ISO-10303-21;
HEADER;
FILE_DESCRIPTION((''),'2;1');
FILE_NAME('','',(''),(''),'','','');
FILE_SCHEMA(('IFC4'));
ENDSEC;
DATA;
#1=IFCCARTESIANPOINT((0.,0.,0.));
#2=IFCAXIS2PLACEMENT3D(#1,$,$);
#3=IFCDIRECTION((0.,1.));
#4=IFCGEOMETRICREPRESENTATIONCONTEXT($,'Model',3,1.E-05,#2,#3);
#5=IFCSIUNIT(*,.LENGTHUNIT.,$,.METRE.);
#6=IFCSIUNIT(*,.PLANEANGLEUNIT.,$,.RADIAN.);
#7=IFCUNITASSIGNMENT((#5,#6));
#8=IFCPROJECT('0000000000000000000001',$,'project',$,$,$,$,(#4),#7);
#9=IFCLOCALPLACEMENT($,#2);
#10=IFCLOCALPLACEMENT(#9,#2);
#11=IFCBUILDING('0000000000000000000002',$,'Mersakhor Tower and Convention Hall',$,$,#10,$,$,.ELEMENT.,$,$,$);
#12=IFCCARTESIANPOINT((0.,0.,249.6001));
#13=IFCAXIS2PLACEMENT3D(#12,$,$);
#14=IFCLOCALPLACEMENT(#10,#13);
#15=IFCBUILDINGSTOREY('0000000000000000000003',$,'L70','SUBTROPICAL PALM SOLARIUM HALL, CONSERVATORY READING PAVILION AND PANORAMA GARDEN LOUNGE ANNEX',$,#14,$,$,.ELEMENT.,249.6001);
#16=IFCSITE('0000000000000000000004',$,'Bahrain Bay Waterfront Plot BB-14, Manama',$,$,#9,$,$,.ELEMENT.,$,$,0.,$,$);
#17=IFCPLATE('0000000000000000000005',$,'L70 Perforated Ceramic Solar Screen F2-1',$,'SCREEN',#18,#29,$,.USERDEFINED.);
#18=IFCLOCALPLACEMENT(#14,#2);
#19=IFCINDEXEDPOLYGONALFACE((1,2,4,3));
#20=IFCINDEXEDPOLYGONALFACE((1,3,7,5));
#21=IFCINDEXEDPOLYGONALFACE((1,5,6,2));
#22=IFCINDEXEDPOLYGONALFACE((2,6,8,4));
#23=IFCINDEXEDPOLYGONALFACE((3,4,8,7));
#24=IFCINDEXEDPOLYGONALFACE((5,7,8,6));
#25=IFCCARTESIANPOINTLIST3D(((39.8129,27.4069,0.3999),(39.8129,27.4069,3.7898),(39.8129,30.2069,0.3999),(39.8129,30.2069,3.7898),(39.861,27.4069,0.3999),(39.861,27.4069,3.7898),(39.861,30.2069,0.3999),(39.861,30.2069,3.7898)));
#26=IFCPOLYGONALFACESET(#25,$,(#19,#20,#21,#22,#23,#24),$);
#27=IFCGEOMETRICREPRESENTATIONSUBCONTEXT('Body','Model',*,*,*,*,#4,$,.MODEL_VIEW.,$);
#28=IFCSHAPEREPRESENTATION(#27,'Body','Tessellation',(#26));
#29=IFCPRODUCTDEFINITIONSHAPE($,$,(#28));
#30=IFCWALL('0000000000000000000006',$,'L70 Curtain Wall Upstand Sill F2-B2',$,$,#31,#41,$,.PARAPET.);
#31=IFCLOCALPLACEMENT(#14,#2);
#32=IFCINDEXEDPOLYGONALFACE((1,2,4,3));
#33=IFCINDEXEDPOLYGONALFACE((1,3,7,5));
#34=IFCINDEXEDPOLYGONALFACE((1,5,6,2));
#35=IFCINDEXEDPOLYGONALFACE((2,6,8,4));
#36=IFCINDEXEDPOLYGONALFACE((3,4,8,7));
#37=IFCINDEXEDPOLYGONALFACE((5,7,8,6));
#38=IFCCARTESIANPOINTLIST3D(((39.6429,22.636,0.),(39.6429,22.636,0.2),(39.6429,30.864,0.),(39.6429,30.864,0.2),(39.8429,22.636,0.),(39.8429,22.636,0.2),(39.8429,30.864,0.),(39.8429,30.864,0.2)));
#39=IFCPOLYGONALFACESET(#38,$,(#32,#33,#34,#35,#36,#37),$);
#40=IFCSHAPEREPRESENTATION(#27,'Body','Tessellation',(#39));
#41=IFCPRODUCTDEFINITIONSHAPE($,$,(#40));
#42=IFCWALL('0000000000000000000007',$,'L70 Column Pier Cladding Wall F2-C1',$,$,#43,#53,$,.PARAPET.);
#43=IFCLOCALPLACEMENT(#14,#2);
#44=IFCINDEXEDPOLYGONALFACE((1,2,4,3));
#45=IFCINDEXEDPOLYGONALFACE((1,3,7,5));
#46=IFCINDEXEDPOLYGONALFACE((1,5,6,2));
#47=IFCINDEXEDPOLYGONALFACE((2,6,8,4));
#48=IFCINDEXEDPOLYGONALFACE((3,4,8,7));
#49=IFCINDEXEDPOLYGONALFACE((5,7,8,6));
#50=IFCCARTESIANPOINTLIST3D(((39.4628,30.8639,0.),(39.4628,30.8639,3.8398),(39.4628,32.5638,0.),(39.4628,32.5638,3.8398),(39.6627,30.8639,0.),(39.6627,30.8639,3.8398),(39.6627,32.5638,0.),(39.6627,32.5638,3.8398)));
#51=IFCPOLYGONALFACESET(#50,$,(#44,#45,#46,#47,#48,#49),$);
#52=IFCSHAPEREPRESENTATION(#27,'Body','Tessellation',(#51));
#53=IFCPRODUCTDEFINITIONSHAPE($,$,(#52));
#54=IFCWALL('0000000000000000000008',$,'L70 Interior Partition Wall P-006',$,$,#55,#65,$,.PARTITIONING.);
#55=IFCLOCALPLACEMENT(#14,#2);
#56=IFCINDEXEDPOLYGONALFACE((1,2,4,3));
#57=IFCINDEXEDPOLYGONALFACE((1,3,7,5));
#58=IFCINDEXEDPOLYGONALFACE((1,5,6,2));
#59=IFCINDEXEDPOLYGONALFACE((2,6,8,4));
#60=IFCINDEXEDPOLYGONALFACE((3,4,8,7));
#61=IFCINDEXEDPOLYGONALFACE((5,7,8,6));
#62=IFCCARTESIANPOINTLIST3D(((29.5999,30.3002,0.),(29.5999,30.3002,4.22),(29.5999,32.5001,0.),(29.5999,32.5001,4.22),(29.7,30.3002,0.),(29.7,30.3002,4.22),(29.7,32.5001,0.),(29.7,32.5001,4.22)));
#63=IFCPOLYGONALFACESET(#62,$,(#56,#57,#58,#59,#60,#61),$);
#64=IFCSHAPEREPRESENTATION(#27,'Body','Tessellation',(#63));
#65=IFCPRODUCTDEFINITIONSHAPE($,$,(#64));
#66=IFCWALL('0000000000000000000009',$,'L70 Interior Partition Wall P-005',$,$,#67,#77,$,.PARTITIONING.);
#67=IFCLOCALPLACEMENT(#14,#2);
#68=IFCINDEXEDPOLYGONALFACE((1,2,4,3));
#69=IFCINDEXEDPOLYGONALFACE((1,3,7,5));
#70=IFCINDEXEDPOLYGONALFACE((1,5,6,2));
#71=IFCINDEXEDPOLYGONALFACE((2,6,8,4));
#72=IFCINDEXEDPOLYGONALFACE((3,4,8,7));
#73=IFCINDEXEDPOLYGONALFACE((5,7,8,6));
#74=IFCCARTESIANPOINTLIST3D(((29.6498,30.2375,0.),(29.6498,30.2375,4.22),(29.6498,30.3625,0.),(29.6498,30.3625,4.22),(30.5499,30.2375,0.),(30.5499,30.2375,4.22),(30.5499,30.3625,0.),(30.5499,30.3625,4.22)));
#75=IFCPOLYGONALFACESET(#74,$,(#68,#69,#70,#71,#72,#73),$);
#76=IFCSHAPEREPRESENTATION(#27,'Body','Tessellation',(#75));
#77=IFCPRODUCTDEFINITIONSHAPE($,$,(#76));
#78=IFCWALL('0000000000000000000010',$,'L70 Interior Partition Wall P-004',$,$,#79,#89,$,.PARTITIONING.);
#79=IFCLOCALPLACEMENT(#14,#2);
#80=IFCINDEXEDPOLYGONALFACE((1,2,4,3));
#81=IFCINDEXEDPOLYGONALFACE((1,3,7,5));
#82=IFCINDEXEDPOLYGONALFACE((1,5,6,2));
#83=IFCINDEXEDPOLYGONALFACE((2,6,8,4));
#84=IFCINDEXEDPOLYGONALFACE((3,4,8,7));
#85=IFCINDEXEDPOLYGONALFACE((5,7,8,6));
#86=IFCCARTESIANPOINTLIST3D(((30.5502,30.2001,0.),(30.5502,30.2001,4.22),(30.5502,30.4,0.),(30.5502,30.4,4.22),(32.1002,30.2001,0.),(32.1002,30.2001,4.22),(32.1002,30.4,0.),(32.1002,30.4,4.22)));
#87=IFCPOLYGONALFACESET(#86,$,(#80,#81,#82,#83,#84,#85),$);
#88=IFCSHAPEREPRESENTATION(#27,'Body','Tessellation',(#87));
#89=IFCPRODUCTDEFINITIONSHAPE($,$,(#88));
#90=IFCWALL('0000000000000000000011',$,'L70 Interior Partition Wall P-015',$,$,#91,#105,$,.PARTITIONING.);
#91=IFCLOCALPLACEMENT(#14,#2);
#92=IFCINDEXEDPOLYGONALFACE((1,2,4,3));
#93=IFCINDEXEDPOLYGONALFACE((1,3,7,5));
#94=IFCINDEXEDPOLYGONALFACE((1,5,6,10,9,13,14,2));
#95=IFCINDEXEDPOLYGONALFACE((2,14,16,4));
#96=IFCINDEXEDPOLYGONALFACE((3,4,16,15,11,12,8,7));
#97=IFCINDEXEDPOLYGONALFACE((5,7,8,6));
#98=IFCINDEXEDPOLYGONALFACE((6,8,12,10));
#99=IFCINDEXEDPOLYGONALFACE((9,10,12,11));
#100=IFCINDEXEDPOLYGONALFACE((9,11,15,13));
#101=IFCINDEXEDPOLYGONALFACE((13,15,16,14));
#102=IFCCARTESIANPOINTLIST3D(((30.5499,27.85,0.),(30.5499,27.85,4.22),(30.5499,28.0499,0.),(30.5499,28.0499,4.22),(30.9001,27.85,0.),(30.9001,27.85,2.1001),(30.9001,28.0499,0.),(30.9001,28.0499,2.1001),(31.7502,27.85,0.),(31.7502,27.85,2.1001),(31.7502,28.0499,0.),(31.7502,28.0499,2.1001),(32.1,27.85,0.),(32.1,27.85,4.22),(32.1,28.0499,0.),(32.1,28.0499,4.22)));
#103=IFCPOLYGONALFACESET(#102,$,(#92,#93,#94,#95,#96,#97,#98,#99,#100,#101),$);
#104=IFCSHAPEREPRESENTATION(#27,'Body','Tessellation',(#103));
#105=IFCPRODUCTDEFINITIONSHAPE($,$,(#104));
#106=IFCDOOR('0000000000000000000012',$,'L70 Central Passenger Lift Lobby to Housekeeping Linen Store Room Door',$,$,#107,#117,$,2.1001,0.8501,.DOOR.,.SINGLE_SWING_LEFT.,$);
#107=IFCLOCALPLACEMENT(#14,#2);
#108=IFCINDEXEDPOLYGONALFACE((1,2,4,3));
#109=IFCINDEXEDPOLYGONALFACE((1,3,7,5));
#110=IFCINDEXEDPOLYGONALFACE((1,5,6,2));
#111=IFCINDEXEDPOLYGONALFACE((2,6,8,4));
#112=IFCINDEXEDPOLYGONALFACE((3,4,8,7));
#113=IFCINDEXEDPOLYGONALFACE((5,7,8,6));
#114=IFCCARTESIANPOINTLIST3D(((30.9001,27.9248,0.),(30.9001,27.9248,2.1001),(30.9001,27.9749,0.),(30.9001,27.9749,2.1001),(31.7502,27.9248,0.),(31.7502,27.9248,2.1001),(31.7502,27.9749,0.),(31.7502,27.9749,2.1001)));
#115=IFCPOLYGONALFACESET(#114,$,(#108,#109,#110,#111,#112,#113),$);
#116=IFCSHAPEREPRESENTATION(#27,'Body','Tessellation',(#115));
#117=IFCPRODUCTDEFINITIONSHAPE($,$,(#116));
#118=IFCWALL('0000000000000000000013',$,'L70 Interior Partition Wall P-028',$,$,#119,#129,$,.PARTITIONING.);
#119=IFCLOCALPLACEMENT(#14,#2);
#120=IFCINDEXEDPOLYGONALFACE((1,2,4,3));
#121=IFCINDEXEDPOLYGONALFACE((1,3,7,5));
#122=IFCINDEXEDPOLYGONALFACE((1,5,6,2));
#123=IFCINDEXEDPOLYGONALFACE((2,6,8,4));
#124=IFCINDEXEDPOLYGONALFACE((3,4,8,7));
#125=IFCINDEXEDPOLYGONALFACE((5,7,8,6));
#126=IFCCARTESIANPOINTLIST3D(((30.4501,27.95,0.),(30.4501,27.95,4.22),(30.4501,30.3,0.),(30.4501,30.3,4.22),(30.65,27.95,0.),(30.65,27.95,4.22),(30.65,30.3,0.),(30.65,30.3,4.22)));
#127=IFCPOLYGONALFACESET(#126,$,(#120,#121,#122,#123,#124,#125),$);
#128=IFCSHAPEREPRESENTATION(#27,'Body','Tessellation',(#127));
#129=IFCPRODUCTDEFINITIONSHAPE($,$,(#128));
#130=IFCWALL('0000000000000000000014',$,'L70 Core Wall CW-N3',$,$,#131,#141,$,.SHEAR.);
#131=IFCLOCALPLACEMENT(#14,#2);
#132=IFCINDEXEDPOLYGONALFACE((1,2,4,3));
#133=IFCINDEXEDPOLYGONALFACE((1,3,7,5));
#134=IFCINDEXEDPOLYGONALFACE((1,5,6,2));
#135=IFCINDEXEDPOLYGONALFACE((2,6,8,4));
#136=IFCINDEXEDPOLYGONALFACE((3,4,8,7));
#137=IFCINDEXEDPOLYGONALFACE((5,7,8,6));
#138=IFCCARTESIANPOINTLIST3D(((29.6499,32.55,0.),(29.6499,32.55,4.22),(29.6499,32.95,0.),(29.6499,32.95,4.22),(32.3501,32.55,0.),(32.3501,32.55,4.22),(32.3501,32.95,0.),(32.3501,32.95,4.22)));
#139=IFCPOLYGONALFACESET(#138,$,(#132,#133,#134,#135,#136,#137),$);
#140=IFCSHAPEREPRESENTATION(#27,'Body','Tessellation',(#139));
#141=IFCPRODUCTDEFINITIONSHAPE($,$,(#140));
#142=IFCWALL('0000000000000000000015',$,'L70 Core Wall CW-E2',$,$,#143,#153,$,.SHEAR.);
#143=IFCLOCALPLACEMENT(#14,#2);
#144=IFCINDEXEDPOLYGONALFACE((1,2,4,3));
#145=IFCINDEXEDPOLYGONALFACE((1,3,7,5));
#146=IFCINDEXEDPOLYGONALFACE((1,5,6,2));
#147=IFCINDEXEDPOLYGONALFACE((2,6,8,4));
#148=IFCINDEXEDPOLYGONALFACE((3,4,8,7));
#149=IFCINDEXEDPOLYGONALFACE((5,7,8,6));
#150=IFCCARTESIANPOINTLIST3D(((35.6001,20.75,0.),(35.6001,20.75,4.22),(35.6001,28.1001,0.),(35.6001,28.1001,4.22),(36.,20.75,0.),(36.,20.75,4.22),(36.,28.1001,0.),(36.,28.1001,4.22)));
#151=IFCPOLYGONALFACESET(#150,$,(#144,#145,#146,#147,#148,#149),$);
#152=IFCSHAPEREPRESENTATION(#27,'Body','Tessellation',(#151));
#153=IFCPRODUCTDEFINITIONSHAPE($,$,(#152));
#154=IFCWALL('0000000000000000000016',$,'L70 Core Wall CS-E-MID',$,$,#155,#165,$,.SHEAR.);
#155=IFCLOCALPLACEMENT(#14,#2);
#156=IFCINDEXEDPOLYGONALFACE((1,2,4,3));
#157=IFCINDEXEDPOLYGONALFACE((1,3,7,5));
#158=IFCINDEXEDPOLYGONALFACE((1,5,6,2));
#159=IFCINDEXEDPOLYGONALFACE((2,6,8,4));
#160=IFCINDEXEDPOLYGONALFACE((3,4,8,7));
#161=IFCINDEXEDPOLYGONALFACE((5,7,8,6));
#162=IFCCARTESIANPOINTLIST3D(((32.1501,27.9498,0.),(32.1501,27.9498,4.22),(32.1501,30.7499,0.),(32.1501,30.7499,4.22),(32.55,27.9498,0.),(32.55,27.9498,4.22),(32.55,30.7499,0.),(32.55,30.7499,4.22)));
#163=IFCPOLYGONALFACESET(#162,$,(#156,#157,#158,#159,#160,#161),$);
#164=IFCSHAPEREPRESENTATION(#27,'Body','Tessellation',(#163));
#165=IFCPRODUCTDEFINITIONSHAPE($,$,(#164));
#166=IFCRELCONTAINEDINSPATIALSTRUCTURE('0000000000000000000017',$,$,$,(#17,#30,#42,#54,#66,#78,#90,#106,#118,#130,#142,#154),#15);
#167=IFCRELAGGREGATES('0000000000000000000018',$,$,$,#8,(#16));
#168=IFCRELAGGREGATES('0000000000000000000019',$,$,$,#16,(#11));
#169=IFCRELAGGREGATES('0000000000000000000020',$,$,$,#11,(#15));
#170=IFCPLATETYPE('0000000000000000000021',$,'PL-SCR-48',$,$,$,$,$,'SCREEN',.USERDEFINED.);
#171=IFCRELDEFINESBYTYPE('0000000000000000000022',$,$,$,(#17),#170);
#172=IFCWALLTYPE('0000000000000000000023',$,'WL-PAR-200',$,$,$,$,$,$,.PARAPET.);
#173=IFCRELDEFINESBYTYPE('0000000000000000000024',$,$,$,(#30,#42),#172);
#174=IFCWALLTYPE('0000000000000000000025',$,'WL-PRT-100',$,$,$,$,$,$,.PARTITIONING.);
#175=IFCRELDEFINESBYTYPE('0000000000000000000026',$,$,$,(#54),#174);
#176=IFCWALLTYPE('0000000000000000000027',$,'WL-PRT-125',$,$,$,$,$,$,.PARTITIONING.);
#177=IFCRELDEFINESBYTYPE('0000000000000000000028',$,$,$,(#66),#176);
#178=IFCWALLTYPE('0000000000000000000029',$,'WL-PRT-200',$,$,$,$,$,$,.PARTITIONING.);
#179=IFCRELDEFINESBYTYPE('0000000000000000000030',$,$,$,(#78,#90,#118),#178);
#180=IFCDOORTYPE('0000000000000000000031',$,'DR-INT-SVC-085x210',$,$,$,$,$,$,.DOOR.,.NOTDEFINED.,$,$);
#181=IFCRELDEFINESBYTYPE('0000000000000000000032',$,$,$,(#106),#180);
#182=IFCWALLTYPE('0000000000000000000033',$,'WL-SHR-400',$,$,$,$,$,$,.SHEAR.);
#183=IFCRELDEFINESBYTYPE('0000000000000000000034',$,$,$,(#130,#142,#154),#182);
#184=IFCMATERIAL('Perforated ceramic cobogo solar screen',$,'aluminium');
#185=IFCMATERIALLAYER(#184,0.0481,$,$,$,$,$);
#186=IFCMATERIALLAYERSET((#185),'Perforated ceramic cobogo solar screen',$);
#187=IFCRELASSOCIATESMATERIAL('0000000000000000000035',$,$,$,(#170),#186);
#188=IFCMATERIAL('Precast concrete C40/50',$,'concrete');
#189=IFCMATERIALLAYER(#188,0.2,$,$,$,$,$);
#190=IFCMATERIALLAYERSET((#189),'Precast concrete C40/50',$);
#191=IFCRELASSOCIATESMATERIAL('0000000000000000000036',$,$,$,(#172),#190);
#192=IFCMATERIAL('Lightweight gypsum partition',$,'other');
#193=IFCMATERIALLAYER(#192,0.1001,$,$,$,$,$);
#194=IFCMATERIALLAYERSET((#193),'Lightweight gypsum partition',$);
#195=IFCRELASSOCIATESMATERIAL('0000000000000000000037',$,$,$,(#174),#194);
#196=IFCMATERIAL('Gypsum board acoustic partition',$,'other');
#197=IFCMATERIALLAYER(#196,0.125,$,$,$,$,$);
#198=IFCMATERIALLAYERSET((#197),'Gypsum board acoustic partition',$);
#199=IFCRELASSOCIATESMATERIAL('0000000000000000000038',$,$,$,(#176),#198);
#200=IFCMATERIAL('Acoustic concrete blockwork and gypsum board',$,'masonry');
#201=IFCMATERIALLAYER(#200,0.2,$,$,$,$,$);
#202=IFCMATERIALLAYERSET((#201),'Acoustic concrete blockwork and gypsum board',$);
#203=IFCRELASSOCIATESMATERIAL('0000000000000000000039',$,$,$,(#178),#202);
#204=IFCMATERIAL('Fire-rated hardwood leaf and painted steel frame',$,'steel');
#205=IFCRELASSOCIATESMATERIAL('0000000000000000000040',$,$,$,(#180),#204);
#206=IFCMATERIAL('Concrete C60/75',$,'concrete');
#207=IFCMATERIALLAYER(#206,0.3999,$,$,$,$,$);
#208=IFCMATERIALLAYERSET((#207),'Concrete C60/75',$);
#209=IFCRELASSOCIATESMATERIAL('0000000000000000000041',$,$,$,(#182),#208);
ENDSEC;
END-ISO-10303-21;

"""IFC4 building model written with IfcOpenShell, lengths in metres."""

from ifc_helpers import new_model, si_unit, direction, frame, frame_2d, origin, origin_2d, place, context, subcontext, project, spatial, rectangle, extrude, material, layer, layer_set, type_object, element, fill, save


model = new_model("IFC4")

# Units and contexts
model_context = context("Model", 3, precision=1e-05, world=origin(), true_north=direction((0.0, 1.0)))
body_context = subcontext(model_context, "Body", "Model", "MODEL_VIEW")
ifc_project = project(units=[si_unit("LENGTHUNIT", "METRE"), si_unit("PLANEANGLEUNIT", "RADIAN")], contexts=[model_context])

# Site, building, storey
site_placement = place(None, origin())
site = spatial("IfcSite", under=ifc_project, at=site_placement, Name="Bahrain Bay Waterfront Plot BB-14, Manama", CompositionType="ELEMENT", RefElevation=0.0)
building_placement = place(site_placement, origin())
building = spatial("IfcBuilding", under=site, at=building_placement, Name="Mersakhor Tower and Convention Hall", CompositionType="ELEMENT")
storey_placement = place(building_placement, frame((0.0, 0.0, 249.6001)))
storey = spatial("IfcBuildingStorey", under=building, at=storey_placement, Name="L70", Description="SUBTROPICAL PALM SOLARIUM HALL, CONSERVATORY READING PAVILION AND PANORAMA GARDEN LOUNGE ANNEX", CompositionType="ELEMENT", Elevation=249.6001)

# Plate
ifc_material_1 = material(Name="Perforated ceramic cobogo solar screen", Category="aluminium")
ifc_layer_1 = layer(ifc_material_1, 0.0481)
ifc_layer_set_1 = layer_set([ifc_layer_1], Name="Perforated ceramic cobogo solar screen")
plate_type_1 = type_object("IfcPlateType", Name="PL-SCR-48", ElementType="SCREEN", PredefinedType="USERDEFINED", material=ifc_layer_set_1)
plate_1_placement = place(storey_placement, frame((39.8369, 28.8069, 0.3999), z_axis=(0.0, 0.0, 1.0), x_axis=(0.0, -1.0, 0.0)))
element("IfcPlate", 1, at=plate_1_placement, inside=storey, type_object=plate_type_1, Name="L70 Perforated Ceramic Solar Screen F2-1", ObjectType="SCREEN", PredefinedType="USERDEFINED", context=body_context, shape_type="SweptSolid", body=[
    extrude(rectangle(XDim=2.8, YDim=0.0481, at=origin_2d()), origin(), (0.0, 0.0, 1.0), 3.3899),
])

# Walls
ifc_material_2 = material(Name="Precast concrete C40/50", Category="concrete")
ifc_layer_2 = layer(ifc_material_2, 0.2)
ifc_layer_set_2 = layer_set([ifc_layer_2], Name="Precast concrete C40/50")
wall_type_1 = type_object("IfcWallType", Name="WL-PAR-200", PredefinedType="PARAPET", material=ifc_layer_set_2)
wall_1_placement = place(storey_placement, frame((39.7429, 30.864, 0.0), z_axis=(0.0, 0.0, 1.0), x_axis=(0.0, -1.0, 0.0)))
element("IfcWall", 2, at=wall_1_placement, inside=storey, type_object=wall_type_1, Name="L70 Curtain Wall Upstand Sill F2-B2", PredefinedType="PARAPET", context=body_context, shape_type="SweptSolid", body=[
    extrude(rectangle(XDim=8.228, YDim=0.2, at=frame_2d((4.114, 0.0))), origin(), (0.0, 0.0, 1.0), 0.2),
])
wall_2_placement = place(storey_placement, frame((39.5627, 32.564, 0.0), z_axis=(0.0, 0.0, 1.0), x_axis=(0.0, -1.0, 0.0)))
element("IfcWall", 3, at=wall_2_placement, inside=storey, type_object=wall_type_1, Name="L70 Column Pier Cladding Wall F2-C1", PredefinedType="PARAPET", context=body_context, shape_type="SweptSolid", body=[
    extrude(rectangle(XDim=1.7, YDim=0.2, at=frame_2d((0.8501, 0.0))), origin(), (0.0, 0.0, 1.0), 3.8398),
])
ifc_material_3 = material(Name="Lightweight gypsum partition", Category="other")
ifc_layer_3 = layer(ifc_material_3, 0.1001)
ifc_layer_set_3 = layer_set([ifc_layer_3], Name="Lightweight gypsum partition")
wall_type_2 = type_object("IfcWallType", Name="WL-PRT-100", PredefinedType="PARTITIONING", material=ifc_layer_set_3)
wall_3_placement = place(storey_placement, frame((29.6499, 30.3, 0.0), z_axis=(0.0, 0.0, 1.0), x_axis=(0.0, 1.0, 0.0)))
element("IfcWall", 4, at=wall_3_placement, inside=storey, type_object=wall_type_2, Name="L70 Interior Partition Wall P-006", PredefinedType="PARTITIONING", context=body_context, shape_type="SweptSolid", body=[
    extrude(rectangle(XDim=2.2, YDim=0.1001, at=frame_2d((1.1001, 0.0))), origin(), (0.0, 0.0, 1.0), 4.22),
])
ifc_material_4 = material(Name="Gypsum board acoustic partition", Category="other")
ifc_layer_4 = layer(ifc_material_4, 0.125)
ifc_layer_set_4 = layer_set([ifc_layer_4], Name="Gypsum board acoustic partition")
wall_type_3 = type_object("IfcWallType", Name="WL-PRT-125", PredefinedType="PARTITIONING", material=ifc_layer_set_4)
wall_4_placement = place(storey_placement, frame((30.55, 30.3, 0.0), z_axis=(0.0, 0.0, 1.0), x_axis=(-1.0, 0.0, 0.0)))
element("IfcWall", 5, at=wall_4_placement, inside=storey, type_object=wall_type_3, Name="L70 Interior Partition Wall P-005", PredefinedType="PARTITIONING", context=body_context, shape_type="SweptSolid", body=[
    extrude(rectangle(XDim=0.9001, YDim=0.125, at=frame_2d((0.4502, 0.0))), origin(), (0.0, 0.0, 1.0), 4.22),
])
ifc_material_5 = material(Name="Acoustic concrete blockwork and gypsum board", Category="masonry")
ifc_layer_5 = layer(ifc_material_5, 0.2)
ifc_layer_set_5 = layer_set([ifc_layer_5], Name="Acoustic concrete blockwork and gypsum board")
wall_type_4 = type_object("IfcWallType", Name="WL-PRT-200", PredefinedType="PARTITIONING", material=ifc_layer_set_5)
wall_5_placement = place(storey_placement, frame((32.1001, 30.3, 0.0), z_axis=(0.0, 0.0, 1.0), x_axis=(-1.0, 0.0, 0.0)))
element("IfcWall", 6, at=wall_5_placement, inside=storey, type_object=wall_type_4, Name="L70 Interior Partition Wall P-004", PredefinedType="PARTITIONING", context=body_context, shape_type="SweptSolid", body=[
    extrude(rectangle(XDim=1.55, YDim=0.2, at=frame_2d((0.7749, 0.0))), origin(), (0.0, 0.0, 1.0), 4.22),
])

# Wall, opening, door
wall_6_placement = place(storey_placement, frame((30.55, 27.95, 0.0), z_axis=(0.0, 0.0, 1.0), x_axis=(1.0, 0.0, 0.0)))
wall_6 = element("IfcWall", 7, at=wall_6_placement, inside=storey, type_object=wall_type_4, Name="L70 Interior Partition Wall P-015", PredefinedType="PARTITIONING", context=body_context, shape_type="SweptSolid", body=[
    extrude(rectangle(XDim=1.55, YDim=0.2, at=frame_2d((0.7749, 0.0))), origin(), (0.0, 0.0, 1.0), 4.22),
])
opening_1_placement = place(wall_6_placement, frame((0.3501, 0.0, 0.0)))
opening_1 = element("IfcOpeningElement", 8, at=opening_1_placement, cuts=wall_6, PredefinedType="OPENING", context=body_context, shape_type="SweptSolid", body=[
    extrude(rectangle(XDim=0.8501, YDim=2.1001, at=frame_2d((0.425, 1.05))), frame((0.0, 0.1099, 0.0), z_axis=(0.0, -1.0, 0.0), x_axis=(1.0, 0.0, 0.0)), (0.0, 0.0, 1.0), 0.22),
])
ifc_material_6 = material(Name="Fire-rated hardwood leaf and painted steel frame", Category="steel")
door_type_1 = type_object("IfcDoorType", Name="DR-INT-SVC-085x210", OperationType="NOTDEFINED", PredefinedType="DOOR", material=ifc_material_6)
door_1_placement = place(opening_1_placement, origin())
door_1 = element("IfcDoor", 9, at=door_1_placement, inside=storey, type_object=door_type_1, Name="L70 Central Passenger Lift Lobby to Housekeeping Linen Store Room Door", OperationType="SINGLE_SWING_LEFT", OverallHeight=2.1001, OverallWidth=0.8501, PredefinedType="DOOR", context=body_context, shape_type="SweptSolid", body=[
    extrude(rectangle(XDim=0.8501, YDim=2.1001, at=frame_2d((0.425, 1.05))), frame((0.0, 0.0249, 0.0), z_axis=(0.0, -1.0, 0.0), x_axis=(1.0, 0.0, 0.0)), (0.0, 0.0, 1.0), 0.05),
])
fill(opening_1, door_1)

# Wall
wall_7_placement = place(storey_placement, frame((30.55, 30.3, 0.0), z_axis=(0.0, 0.0, 1.0), x_axis=(0.0, -1.0, 0.0)))
element("IfcWall", 10, at=wall_7_placement, inside=storey, type_object=wall_type_4, Name="L70 Interior Partition Wall P-028", PredefinedType="PARTITIONING", context=body_context, shape_type="SweptSolid", body=[
    extrude(rectangle(XDim=2.3501, YDim=0.2, at=frame_2d((1.175, 0.0))), origin(), (0.0, 0.0, 1.0), 4.22),
])

# Walls
ifc_material_7 = material(Name="Concrete C60/75", Category="concrete")
ifc_layer_6 = layer(ifc_material_7, 0.3999)
ifc_layer_set_6 = layer_set([ifc_layer_6], Name="Concrete C60/75")
wall_type_5 = type_object("IfcWallType", Name="WL-SHR-400", PredefinedType="SHEAR", material=ifc_layer_set_6)
wall_8_placement = place(storey_placement, frame((29.6499, 32.75, 0.0), z_axis=(0.0, 0.0, 1.0), x_axis=(1.0, 0.0, 0.0)))
element("IfcWall", 11, at=wall_8_placement, inside=storey, type_object=wall_type_5, Name="L70 Core Wall CW-N3", PredefinedType="SHEAR", context=body_context, shape_type="SweptSolid", body=[
    extrude(rectangle(XDim=2.7002, YDim=0.3999, at=frame_2d((1.3501, 0.0))), origin(), (0.0, 0.0, 1.0), 4.22),
])
wall_9_placement = place(storey_placement, frame((35.8, 28.1001, 0.0), z_axis=(0.0, 0.0, 1.0), x_axis=(0.0, -1.0, 0.0)))
element("IfcWall", 12, at=wall_9_placement, inside=storey, type_object=wall_type_5, Name="L70 Core Wall CW-E2", PredefinedType="SHEAR", context=body_context, shape_type="SweptSolid", body=[
    extrude(rectangle(XDim=7.3501, YDim=0.3999, at=frame_2d((3.675, 0.0))), origin(), (0.0, 0.0, 1.0), 4.22),
])
wall_10_placement = place(storey_placement, frame((32.3501, 27.95, 0.0), z_axis=(0.0, 0.0, 1.0), x_axis=(0.0, 1.0, 0.0)))
element("IfcWall", 13, at=wall_10_placement, inside=storey, type_object=wall_type_5, Name="L70 Core Wall CS-E-MID", PredefinedType="SHEAR", context=body_context, shape_type="SweptSolid", body=[
    extrude(rectangle(XDim=2.8, YDim=0.3999, at=frame_2d((1.3999, 0.0))), origin(), (0.0, 0.0, 1.0), 4.22),
])

save(model, "model.ifc")
